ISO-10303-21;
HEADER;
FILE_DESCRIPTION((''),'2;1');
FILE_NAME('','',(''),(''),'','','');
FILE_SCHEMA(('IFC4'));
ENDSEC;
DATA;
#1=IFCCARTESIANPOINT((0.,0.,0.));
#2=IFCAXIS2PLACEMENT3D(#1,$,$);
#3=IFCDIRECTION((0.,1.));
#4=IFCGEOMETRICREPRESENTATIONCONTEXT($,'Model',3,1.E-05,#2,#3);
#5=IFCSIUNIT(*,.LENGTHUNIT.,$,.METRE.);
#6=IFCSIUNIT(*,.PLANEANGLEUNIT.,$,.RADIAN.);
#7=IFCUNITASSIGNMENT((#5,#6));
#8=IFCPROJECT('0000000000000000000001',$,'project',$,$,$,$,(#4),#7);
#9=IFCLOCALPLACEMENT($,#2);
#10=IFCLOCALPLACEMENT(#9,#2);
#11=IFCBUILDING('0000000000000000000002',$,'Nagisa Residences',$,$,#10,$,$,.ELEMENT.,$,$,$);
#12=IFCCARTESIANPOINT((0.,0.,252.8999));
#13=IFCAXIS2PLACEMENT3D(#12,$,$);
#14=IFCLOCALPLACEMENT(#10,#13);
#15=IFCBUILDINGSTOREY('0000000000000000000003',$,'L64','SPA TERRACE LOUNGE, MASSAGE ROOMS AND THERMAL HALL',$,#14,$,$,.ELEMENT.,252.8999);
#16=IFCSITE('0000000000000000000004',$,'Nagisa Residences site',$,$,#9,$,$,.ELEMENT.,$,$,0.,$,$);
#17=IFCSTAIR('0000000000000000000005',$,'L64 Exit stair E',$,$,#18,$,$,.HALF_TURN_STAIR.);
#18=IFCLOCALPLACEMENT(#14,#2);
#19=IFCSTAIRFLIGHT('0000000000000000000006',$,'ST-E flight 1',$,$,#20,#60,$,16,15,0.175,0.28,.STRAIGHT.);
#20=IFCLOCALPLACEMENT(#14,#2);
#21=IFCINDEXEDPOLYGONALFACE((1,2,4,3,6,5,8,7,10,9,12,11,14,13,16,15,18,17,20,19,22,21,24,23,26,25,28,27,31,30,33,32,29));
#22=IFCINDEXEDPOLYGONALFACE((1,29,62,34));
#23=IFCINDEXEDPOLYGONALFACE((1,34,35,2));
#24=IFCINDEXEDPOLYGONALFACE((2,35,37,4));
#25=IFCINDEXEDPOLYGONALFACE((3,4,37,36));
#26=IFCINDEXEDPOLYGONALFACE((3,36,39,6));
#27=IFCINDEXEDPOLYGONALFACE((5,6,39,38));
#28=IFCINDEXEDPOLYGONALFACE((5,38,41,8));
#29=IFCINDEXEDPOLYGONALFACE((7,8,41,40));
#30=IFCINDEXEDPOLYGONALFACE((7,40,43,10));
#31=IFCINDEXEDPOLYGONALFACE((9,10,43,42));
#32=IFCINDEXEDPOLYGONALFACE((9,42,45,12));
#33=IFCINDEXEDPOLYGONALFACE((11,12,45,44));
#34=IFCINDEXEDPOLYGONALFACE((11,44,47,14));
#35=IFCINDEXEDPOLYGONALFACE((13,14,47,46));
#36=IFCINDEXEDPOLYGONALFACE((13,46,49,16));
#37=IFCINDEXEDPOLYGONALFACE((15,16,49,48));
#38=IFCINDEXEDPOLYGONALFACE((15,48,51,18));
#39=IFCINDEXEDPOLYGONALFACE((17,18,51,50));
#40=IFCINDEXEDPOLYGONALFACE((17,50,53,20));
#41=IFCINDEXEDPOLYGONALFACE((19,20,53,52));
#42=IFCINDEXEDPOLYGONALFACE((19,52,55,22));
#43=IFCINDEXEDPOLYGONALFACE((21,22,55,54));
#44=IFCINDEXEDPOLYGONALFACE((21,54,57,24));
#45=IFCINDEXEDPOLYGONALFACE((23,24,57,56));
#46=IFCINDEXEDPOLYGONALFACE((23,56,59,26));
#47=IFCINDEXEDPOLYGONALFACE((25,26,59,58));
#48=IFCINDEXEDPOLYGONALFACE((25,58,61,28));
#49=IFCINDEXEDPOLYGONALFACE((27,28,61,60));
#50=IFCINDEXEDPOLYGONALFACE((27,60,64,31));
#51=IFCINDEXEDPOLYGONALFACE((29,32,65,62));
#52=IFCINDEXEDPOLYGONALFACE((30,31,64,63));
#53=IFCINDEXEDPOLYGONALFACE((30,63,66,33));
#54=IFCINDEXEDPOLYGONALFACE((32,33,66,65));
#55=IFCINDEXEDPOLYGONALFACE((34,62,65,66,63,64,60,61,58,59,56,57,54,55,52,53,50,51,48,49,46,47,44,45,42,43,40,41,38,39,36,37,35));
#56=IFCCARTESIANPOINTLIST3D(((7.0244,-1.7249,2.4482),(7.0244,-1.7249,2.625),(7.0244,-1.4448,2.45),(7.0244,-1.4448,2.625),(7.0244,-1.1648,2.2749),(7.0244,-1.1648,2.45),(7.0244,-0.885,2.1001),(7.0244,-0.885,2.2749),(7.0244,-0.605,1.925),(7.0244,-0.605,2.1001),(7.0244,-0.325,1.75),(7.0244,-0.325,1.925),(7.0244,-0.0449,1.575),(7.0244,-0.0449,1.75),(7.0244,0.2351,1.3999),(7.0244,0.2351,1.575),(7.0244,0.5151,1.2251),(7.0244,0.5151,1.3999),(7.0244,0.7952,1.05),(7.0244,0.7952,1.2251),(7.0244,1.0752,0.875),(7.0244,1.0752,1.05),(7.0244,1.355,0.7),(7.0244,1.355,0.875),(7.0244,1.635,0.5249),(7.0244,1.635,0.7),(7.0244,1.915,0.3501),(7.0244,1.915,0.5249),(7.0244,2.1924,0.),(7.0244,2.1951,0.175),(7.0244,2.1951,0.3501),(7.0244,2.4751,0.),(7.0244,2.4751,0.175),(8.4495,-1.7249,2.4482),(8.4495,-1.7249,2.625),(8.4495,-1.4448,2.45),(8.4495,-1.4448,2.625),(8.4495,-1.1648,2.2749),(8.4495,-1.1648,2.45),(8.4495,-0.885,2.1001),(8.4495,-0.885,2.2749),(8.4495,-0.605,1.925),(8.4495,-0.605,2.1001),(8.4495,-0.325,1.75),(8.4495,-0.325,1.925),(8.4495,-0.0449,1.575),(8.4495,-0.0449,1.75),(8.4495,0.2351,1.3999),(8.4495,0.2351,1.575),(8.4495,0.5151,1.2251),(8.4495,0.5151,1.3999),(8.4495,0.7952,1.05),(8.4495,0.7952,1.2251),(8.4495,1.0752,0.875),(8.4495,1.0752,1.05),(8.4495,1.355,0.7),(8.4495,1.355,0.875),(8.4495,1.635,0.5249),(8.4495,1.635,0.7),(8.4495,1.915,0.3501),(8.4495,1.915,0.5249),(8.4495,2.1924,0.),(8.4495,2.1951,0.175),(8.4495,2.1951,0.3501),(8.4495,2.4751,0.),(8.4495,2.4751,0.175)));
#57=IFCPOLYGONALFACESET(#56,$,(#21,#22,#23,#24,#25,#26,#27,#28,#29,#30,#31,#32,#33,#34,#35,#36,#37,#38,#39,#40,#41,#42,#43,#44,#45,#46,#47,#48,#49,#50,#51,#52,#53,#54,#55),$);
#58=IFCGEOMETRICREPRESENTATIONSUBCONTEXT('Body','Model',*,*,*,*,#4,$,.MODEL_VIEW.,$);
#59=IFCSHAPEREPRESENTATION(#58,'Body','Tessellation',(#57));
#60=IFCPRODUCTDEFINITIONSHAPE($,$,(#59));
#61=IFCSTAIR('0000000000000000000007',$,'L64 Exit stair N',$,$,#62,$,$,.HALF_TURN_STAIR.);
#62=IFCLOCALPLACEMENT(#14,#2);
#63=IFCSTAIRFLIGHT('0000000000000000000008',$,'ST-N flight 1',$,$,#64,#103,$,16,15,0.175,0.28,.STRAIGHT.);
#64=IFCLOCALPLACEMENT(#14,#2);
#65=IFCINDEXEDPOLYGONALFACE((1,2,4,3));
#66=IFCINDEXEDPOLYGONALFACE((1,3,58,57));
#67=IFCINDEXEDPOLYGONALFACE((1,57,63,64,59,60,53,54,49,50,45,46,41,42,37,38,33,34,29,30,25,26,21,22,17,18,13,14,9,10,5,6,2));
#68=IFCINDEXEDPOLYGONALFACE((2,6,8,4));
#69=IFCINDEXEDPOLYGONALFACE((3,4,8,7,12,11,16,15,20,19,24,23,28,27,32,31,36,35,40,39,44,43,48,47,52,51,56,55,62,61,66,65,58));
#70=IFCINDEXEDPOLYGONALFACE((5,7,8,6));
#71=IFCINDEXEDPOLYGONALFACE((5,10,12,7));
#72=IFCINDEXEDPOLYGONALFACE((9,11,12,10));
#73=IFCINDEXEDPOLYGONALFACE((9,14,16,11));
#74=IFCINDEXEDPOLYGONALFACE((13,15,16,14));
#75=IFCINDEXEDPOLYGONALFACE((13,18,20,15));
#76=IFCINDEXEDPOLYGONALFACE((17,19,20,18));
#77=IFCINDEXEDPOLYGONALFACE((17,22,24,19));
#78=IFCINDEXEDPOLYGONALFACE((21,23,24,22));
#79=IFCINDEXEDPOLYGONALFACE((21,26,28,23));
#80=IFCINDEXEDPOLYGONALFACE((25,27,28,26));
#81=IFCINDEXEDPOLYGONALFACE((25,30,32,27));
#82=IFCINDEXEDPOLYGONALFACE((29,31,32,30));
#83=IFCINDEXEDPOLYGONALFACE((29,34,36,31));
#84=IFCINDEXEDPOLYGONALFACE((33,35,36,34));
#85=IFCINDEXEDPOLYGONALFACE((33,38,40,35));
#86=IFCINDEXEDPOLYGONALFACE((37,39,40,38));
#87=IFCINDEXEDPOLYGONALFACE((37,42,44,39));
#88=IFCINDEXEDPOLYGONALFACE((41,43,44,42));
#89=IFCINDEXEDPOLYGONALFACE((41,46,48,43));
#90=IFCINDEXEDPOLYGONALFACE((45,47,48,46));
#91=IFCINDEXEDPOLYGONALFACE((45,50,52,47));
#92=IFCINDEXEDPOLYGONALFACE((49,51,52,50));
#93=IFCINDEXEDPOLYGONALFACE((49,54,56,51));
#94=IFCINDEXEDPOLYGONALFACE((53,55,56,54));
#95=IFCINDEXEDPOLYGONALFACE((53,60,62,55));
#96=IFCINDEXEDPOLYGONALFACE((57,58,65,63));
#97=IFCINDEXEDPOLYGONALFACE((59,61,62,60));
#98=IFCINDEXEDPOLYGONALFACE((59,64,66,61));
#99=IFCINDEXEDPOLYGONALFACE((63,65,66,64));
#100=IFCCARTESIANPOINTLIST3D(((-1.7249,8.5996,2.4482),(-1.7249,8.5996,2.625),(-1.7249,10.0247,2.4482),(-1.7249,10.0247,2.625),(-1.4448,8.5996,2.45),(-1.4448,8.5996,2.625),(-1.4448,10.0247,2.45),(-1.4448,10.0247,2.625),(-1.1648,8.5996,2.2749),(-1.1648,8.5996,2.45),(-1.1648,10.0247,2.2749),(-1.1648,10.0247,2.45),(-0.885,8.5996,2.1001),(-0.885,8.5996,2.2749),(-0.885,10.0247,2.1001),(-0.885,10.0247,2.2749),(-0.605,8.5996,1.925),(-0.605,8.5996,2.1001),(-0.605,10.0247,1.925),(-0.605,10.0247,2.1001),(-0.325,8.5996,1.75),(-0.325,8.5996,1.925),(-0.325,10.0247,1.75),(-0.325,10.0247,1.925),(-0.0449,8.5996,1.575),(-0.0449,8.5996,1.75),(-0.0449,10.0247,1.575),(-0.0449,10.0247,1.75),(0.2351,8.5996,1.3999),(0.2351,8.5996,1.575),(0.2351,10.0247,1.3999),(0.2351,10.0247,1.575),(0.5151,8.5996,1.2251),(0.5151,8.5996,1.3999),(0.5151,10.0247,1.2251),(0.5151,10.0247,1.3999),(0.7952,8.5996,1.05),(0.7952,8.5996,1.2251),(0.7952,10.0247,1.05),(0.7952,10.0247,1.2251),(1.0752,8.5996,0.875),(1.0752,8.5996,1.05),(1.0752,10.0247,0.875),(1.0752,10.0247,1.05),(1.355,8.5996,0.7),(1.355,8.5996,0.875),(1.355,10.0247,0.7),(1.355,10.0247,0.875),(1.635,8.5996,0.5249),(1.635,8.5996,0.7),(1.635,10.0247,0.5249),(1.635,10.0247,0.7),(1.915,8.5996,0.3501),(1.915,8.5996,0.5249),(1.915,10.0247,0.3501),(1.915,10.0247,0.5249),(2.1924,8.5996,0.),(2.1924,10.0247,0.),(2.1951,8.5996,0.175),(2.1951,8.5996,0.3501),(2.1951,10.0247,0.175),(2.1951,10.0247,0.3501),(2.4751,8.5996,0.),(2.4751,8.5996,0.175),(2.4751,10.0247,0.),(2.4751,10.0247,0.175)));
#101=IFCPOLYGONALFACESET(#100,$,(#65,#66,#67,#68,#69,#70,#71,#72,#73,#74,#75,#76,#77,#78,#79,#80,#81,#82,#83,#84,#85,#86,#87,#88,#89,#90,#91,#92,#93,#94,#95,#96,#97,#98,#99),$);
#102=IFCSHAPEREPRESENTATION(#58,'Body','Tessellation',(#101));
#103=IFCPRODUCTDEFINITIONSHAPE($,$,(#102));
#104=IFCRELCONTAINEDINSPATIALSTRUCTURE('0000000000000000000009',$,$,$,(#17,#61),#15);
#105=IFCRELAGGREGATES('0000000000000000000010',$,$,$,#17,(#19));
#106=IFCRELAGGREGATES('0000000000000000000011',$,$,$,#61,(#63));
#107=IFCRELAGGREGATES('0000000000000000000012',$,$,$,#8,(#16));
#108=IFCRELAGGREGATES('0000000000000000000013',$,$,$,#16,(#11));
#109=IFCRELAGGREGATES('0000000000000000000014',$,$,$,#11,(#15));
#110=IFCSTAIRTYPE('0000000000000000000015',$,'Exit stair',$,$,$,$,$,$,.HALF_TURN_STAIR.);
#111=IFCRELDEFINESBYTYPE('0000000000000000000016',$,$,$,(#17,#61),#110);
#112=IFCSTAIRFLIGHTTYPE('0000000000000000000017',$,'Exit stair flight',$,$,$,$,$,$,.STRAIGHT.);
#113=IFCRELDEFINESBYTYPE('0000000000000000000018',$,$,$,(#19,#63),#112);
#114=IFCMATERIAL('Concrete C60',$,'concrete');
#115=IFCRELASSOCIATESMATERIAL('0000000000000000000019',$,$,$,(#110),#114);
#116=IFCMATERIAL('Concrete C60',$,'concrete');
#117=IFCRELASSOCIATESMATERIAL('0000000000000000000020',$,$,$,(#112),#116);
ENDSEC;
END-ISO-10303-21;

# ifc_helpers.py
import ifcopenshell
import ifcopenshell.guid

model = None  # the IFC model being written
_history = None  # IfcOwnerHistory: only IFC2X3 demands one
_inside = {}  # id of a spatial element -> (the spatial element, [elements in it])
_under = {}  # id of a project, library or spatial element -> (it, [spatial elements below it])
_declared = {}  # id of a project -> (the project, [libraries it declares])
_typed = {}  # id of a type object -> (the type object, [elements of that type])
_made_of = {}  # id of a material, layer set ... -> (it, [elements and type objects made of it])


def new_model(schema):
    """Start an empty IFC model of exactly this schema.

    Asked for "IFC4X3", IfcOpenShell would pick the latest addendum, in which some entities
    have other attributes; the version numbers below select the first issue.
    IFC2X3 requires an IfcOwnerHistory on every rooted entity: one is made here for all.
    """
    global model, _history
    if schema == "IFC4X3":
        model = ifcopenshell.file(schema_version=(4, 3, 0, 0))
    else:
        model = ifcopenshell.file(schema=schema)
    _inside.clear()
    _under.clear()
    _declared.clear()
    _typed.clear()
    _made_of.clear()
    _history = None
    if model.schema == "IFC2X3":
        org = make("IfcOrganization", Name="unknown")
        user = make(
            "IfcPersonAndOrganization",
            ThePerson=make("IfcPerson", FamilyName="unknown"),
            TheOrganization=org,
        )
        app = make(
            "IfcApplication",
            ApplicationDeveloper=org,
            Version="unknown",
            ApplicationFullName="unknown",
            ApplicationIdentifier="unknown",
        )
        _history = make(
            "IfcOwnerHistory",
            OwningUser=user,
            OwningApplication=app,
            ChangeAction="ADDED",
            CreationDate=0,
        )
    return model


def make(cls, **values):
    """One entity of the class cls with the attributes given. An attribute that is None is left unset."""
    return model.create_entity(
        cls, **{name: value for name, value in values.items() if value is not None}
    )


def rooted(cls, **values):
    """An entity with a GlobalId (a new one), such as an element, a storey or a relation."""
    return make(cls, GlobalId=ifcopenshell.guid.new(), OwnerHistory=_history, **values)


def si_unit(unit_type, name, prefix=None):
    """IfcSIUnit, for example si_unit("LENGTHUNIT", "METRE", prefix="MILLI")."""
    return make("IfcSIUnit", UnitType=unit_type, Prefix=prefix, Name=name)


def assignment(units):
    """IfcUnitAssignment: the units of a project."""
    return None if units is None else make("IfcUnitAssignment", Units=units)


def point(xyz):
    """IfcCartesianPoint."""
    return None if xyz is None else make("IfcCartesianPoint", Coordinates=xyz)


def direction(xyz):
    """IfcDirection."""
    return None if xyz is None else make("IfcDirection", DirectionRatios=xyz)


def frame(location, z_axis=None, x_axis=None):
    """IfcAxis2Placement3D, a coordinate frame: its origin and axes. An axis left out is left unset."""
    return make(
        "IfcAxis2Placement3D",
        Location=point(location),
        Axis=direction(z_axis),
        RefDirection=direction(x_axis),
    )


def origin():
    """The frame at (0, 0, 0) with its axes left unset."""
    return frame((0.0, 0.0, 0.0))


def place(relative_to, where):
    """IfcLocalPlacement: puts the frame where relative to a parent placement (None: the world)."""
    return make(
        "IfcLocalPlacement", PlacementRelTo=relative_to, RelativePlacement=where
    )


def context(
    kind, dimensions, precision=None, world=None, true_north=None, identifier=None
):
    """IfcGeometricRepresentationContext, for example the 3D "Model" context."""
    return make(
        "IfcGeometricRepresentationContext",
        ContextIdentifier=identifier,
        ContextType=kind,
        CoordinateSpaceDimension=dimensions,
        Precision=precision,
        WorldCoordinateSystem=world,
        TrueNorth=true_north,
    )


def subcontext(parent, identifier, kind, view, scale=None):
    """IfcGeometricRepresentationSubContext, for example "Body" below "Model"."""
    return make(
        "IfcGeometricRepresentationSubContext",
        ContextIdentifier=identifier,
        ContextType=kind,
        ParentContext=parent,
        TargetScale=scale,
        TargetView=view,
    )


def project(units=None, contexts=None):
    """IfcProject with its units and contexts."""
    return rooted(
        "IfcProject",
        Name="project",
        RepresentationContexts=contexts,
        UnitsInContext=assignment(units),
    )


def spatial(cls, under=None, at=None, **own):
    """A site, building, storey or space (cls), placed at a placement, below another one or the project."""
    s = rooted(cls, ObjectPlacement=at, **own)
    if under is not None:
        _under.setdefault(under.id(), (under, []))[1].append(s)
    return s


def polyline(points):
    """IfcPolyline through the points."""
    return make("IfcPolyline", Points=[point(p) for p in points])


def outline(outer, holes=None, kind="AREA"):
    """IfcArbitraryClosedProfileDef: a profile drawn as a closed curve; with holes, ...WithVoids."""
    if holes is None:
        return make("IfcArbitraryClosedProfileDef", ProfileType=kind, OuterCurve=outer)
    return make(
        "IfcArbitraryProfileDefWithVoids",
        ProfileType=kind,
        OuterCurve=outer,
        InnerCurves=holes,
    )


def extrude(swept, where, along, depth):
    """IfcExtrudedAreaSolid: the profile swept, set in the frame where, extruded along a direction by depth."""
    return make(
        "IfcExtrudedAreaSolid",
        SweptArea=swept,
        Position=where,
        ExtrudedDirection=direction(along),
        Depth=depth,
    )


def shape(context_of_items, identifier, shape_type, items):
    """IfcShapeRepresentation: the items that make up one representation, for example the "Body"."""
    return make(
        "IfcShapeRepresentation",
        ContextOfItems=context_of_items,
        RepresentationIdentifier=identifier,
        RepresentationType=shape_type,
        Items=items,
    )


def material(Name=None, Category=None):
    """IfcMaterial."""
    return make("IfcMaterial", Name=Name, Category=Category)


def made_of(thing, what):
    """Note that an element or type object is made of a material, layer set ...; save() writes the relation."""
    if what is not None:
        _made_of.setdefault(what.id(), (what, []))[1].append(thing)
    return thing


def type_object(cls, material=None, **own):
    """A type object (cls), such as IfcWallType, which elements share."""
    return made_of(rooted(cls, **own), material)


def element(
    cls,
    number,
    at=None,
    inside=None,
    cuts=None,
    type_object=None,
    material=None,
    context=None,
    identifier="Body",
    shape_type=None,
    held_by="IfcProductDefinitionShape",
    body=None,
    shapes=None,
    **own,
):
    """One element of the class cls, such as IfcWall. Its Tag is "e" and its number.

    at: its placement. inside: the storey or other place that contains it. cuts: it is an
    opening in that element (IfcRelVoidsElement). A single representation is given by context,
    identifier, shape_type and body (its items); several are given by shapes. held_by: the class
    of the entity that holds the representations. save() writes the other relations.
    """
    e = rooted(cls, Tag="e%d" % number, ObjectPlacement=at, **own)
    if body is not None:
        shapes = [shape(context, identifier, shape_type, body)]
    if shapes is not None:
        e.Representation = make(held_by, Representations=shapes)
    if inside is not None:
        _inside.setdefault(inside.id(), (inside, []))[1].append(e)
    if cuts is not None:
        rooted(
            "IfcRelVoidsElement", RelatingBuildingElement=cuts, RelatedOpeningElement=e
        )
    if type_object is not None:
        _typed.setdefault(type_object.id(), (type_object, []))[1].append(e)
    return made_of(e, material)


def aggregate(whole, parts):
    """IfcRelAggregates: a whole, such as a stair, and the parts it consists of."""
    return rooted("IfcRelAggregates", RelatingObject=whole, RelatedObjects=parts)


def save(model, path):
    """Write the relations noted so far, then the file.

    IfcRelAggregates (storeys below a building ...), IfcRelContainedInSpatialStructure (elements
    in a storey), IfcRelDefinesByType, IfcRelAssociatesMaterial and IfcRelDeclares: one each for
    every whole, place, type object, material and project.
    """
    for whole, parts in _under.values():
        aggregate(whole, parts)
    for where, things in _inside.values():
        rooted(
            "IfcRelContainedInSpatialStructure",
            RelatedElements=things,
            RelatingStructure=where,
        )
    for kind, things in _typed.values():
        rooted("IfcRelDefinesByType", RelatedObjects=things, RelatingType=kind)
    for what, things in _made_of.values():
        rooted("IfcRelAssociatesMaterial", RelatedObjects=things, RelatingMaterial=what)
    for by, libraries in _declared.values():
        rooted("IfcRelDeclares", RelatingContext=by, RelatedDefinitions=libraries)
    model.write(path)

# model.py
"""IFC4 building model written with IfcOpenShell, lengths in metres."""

from ifc_helpers import new_model, si_unit, direction, frame, origin, place, context, subcontext, project, spatial, polyline, outline, extrude, material, type_object, element, aggregate, save


model = new_model("IFC4")

# Units and contexts
model_context = context("Model", 3, precision=1e-05, world=origin(), true_north=direction((0.0, 1.0)))
body_context = subcontext(model_context, "Body", "Model", "MODEL_VIEW")
ifc_project = project(units=[si_unit("LENGTHUNIT", "METRE"), si_unit("PLANEANGLEUNIT", "RADIAN")], contexts=[model_context])

# Site, building, storey
site_placement = place(None, origin())
site = spatial("IfcSite", under=ifc_project, at=site_placement, Name="Nagisa Residences site", CompositionType="ELEMENT", RefElevation=0.0)
building_placement = place(site_placement, origin())
building = spatial("IfcBuilding", under=site, at=building_placement, Name="Nagisa Residences", CompositionType="ELEMENT")
storey_placement = place(building_placement, frame((0.0, 0.0, 252.8999)))
storey = spatial("IfcBuildingStorey", under=building, at=storey_placement, Name="L64", Description="SPA TERRACE LOUNGE, MASSAGE ROOMS AND THERMAL HALL", CompositionType="ELEMENT", Elevation=252.8999)

# Stairs, stair flights
ifc_material_1 = material(Name="Concrete C60", Category="concrete")
stair_type = type_object("IfcStairType", Name="Exit stair", PredefinedType="HALF_TURN_STAIR", material=ifc_material_1)
stair_1_placement = place(storey_placement, origin())
stair_1 = element("IfcStair", 1, at=stair_1_placement, inside=storey, type_object=stair_type, Name="L64 Exit stair E", PredefinedType="HALF_TURN_STAIR")
ifc_material_2 = material(Name="Concrete C60", Category="concrete")
stair_flight_type = type_object("IfcStairFlightType", Name="Exit stair flight", PredefinedType="STRAIGHT", material=ifc_material_2)
stair_flight_1_placement = place(storey_placement, frame((7.7371, 2.4751, 0.0), z_axis=(0.0, 0.0, 1.0), x_axis=(0.0, -1.0, 0.0)))
stair_flight_1 = element("IfcStairFlight", 2, at=stair_flight_1_placement, type_object=stair_flight_type, Name="ST-E flight 1", NumberOfRisers=16, NumberOfTreads=15, PredefinedType="STRAIGHT", RiserHeight=0.175, TreadLength=0.28, context=body_context, shape_type="SweptSolid", body=[
    extrude(outline(polyline([(0.0, 0.0), (0.0, 0.175), (0.28, 0.175), (0.28, 0.3501), (0.5601, 0.3501), (0.5601, 0.5249), (0.8401, 0.5249), (0.8401, 0.7), (1.1201, 0.7), (1.1201, 0.875), (1.3999, 0.875), (1.3999, 1.05), (1.6799, 1.05), (1.6799, 1.2251), (1.96, 1.2251), (1.96, 1.3999), (2.24, 1.3999), (2.24, 1.575), (2.52, 1.575), (2.52, 1.75), (2.8, 1.75), (2.8, 1.925), (3.0801, 1.925), (3.0801, 2.1001), (3.3601, 2.1001), (3.3601, 2.2749), (3.6399, 2.2749), (3.6399, 2.45), (3.9199, 2.45), (3.9199, 2.625), (4.2, 2.625), (4.2, 2.8), (4.2, 2.4482), (0.2827, 0.0), (0.0, 0.0)])), frame((0.0, 0.7124, 0.0), z_axis=(0.0, -1.0, 0.0), x_axis=(1.0, 0.0, 0.0)), (0.0, 0.0, 1.0), 1.425),
])
aggregate(stair_1, [stair_flight_1])
stair_2_placement = place(storey_placement, origin())
stair_2 = element("IfcStair", 3, at=stair_2_placement, inside=storey, type_object=stair_type, Name="L64 Exit stair N", PredefinedType="HALF_TURN_STAIR")
stair_flight_2_placement = place(storey_placement, frame((2.4751, 9.312, 0.0), z_axis=(0.0, 0.0, 1.0), x_axis=(-1.0, 0.0, 0.0)))
stair_flight_2 = element("IfcStairFlight", 4, at=stair_flight_2_placement, type_object=stair_flight_type, Name="ST-N flight 1", NumberOfRisers=16, NumberOfTreads=15, PredefinedType="STRAIGHT", RiserHeight=0.175, TreadLength=0.28, context=body_context, shape_type="SweptSolid", body=[
    extrude(outline(polyline([(0.0, 0.0), (0.0, 0.175), (0.28, 0.175), (0.28, 0.3501), (0.5601, 0.3501), (0.5601, 0.5249), (0.8401, 0.5249), (0.8401, 0.7), (1.1201, 0.7), (1.1201, 0.875), (1.3999, 0.875), (1.3999, 1.05), (1.6799, 1.05), (1.6799, 1.2251), (1.96, 1.2251), (1.96, 1.3999), (2.24, 1.3999), (2.24, 1.575), (2.52, 1.575), (2.52, 1.75), (2.8, 1.75), (2.8, 1.925), (3.0801, 1.925), (3.0801, 2.1001), (3.3601, 2.1001), (3.3601, 2.2749), (3.6399, 2.2749), (3.6399, 2.45), (3.9199, 2.45), (3.9199, 2.625), (4.2, 2.625), (4.2, 2.8), (4.2, 2.4482), (0.2827, 0.0), (0.0, 0.0)])), frame((0.0, 0.7124, 0.0), z_axis=(0.0, -1.0, 0.0), x_axis=(1.0, 0.0, 0.0)), (0.0, 0.0, 1.0), 1.425),
])
aggregate(stair_2, [stair_flight_2])

save(model, "model.ifc")
